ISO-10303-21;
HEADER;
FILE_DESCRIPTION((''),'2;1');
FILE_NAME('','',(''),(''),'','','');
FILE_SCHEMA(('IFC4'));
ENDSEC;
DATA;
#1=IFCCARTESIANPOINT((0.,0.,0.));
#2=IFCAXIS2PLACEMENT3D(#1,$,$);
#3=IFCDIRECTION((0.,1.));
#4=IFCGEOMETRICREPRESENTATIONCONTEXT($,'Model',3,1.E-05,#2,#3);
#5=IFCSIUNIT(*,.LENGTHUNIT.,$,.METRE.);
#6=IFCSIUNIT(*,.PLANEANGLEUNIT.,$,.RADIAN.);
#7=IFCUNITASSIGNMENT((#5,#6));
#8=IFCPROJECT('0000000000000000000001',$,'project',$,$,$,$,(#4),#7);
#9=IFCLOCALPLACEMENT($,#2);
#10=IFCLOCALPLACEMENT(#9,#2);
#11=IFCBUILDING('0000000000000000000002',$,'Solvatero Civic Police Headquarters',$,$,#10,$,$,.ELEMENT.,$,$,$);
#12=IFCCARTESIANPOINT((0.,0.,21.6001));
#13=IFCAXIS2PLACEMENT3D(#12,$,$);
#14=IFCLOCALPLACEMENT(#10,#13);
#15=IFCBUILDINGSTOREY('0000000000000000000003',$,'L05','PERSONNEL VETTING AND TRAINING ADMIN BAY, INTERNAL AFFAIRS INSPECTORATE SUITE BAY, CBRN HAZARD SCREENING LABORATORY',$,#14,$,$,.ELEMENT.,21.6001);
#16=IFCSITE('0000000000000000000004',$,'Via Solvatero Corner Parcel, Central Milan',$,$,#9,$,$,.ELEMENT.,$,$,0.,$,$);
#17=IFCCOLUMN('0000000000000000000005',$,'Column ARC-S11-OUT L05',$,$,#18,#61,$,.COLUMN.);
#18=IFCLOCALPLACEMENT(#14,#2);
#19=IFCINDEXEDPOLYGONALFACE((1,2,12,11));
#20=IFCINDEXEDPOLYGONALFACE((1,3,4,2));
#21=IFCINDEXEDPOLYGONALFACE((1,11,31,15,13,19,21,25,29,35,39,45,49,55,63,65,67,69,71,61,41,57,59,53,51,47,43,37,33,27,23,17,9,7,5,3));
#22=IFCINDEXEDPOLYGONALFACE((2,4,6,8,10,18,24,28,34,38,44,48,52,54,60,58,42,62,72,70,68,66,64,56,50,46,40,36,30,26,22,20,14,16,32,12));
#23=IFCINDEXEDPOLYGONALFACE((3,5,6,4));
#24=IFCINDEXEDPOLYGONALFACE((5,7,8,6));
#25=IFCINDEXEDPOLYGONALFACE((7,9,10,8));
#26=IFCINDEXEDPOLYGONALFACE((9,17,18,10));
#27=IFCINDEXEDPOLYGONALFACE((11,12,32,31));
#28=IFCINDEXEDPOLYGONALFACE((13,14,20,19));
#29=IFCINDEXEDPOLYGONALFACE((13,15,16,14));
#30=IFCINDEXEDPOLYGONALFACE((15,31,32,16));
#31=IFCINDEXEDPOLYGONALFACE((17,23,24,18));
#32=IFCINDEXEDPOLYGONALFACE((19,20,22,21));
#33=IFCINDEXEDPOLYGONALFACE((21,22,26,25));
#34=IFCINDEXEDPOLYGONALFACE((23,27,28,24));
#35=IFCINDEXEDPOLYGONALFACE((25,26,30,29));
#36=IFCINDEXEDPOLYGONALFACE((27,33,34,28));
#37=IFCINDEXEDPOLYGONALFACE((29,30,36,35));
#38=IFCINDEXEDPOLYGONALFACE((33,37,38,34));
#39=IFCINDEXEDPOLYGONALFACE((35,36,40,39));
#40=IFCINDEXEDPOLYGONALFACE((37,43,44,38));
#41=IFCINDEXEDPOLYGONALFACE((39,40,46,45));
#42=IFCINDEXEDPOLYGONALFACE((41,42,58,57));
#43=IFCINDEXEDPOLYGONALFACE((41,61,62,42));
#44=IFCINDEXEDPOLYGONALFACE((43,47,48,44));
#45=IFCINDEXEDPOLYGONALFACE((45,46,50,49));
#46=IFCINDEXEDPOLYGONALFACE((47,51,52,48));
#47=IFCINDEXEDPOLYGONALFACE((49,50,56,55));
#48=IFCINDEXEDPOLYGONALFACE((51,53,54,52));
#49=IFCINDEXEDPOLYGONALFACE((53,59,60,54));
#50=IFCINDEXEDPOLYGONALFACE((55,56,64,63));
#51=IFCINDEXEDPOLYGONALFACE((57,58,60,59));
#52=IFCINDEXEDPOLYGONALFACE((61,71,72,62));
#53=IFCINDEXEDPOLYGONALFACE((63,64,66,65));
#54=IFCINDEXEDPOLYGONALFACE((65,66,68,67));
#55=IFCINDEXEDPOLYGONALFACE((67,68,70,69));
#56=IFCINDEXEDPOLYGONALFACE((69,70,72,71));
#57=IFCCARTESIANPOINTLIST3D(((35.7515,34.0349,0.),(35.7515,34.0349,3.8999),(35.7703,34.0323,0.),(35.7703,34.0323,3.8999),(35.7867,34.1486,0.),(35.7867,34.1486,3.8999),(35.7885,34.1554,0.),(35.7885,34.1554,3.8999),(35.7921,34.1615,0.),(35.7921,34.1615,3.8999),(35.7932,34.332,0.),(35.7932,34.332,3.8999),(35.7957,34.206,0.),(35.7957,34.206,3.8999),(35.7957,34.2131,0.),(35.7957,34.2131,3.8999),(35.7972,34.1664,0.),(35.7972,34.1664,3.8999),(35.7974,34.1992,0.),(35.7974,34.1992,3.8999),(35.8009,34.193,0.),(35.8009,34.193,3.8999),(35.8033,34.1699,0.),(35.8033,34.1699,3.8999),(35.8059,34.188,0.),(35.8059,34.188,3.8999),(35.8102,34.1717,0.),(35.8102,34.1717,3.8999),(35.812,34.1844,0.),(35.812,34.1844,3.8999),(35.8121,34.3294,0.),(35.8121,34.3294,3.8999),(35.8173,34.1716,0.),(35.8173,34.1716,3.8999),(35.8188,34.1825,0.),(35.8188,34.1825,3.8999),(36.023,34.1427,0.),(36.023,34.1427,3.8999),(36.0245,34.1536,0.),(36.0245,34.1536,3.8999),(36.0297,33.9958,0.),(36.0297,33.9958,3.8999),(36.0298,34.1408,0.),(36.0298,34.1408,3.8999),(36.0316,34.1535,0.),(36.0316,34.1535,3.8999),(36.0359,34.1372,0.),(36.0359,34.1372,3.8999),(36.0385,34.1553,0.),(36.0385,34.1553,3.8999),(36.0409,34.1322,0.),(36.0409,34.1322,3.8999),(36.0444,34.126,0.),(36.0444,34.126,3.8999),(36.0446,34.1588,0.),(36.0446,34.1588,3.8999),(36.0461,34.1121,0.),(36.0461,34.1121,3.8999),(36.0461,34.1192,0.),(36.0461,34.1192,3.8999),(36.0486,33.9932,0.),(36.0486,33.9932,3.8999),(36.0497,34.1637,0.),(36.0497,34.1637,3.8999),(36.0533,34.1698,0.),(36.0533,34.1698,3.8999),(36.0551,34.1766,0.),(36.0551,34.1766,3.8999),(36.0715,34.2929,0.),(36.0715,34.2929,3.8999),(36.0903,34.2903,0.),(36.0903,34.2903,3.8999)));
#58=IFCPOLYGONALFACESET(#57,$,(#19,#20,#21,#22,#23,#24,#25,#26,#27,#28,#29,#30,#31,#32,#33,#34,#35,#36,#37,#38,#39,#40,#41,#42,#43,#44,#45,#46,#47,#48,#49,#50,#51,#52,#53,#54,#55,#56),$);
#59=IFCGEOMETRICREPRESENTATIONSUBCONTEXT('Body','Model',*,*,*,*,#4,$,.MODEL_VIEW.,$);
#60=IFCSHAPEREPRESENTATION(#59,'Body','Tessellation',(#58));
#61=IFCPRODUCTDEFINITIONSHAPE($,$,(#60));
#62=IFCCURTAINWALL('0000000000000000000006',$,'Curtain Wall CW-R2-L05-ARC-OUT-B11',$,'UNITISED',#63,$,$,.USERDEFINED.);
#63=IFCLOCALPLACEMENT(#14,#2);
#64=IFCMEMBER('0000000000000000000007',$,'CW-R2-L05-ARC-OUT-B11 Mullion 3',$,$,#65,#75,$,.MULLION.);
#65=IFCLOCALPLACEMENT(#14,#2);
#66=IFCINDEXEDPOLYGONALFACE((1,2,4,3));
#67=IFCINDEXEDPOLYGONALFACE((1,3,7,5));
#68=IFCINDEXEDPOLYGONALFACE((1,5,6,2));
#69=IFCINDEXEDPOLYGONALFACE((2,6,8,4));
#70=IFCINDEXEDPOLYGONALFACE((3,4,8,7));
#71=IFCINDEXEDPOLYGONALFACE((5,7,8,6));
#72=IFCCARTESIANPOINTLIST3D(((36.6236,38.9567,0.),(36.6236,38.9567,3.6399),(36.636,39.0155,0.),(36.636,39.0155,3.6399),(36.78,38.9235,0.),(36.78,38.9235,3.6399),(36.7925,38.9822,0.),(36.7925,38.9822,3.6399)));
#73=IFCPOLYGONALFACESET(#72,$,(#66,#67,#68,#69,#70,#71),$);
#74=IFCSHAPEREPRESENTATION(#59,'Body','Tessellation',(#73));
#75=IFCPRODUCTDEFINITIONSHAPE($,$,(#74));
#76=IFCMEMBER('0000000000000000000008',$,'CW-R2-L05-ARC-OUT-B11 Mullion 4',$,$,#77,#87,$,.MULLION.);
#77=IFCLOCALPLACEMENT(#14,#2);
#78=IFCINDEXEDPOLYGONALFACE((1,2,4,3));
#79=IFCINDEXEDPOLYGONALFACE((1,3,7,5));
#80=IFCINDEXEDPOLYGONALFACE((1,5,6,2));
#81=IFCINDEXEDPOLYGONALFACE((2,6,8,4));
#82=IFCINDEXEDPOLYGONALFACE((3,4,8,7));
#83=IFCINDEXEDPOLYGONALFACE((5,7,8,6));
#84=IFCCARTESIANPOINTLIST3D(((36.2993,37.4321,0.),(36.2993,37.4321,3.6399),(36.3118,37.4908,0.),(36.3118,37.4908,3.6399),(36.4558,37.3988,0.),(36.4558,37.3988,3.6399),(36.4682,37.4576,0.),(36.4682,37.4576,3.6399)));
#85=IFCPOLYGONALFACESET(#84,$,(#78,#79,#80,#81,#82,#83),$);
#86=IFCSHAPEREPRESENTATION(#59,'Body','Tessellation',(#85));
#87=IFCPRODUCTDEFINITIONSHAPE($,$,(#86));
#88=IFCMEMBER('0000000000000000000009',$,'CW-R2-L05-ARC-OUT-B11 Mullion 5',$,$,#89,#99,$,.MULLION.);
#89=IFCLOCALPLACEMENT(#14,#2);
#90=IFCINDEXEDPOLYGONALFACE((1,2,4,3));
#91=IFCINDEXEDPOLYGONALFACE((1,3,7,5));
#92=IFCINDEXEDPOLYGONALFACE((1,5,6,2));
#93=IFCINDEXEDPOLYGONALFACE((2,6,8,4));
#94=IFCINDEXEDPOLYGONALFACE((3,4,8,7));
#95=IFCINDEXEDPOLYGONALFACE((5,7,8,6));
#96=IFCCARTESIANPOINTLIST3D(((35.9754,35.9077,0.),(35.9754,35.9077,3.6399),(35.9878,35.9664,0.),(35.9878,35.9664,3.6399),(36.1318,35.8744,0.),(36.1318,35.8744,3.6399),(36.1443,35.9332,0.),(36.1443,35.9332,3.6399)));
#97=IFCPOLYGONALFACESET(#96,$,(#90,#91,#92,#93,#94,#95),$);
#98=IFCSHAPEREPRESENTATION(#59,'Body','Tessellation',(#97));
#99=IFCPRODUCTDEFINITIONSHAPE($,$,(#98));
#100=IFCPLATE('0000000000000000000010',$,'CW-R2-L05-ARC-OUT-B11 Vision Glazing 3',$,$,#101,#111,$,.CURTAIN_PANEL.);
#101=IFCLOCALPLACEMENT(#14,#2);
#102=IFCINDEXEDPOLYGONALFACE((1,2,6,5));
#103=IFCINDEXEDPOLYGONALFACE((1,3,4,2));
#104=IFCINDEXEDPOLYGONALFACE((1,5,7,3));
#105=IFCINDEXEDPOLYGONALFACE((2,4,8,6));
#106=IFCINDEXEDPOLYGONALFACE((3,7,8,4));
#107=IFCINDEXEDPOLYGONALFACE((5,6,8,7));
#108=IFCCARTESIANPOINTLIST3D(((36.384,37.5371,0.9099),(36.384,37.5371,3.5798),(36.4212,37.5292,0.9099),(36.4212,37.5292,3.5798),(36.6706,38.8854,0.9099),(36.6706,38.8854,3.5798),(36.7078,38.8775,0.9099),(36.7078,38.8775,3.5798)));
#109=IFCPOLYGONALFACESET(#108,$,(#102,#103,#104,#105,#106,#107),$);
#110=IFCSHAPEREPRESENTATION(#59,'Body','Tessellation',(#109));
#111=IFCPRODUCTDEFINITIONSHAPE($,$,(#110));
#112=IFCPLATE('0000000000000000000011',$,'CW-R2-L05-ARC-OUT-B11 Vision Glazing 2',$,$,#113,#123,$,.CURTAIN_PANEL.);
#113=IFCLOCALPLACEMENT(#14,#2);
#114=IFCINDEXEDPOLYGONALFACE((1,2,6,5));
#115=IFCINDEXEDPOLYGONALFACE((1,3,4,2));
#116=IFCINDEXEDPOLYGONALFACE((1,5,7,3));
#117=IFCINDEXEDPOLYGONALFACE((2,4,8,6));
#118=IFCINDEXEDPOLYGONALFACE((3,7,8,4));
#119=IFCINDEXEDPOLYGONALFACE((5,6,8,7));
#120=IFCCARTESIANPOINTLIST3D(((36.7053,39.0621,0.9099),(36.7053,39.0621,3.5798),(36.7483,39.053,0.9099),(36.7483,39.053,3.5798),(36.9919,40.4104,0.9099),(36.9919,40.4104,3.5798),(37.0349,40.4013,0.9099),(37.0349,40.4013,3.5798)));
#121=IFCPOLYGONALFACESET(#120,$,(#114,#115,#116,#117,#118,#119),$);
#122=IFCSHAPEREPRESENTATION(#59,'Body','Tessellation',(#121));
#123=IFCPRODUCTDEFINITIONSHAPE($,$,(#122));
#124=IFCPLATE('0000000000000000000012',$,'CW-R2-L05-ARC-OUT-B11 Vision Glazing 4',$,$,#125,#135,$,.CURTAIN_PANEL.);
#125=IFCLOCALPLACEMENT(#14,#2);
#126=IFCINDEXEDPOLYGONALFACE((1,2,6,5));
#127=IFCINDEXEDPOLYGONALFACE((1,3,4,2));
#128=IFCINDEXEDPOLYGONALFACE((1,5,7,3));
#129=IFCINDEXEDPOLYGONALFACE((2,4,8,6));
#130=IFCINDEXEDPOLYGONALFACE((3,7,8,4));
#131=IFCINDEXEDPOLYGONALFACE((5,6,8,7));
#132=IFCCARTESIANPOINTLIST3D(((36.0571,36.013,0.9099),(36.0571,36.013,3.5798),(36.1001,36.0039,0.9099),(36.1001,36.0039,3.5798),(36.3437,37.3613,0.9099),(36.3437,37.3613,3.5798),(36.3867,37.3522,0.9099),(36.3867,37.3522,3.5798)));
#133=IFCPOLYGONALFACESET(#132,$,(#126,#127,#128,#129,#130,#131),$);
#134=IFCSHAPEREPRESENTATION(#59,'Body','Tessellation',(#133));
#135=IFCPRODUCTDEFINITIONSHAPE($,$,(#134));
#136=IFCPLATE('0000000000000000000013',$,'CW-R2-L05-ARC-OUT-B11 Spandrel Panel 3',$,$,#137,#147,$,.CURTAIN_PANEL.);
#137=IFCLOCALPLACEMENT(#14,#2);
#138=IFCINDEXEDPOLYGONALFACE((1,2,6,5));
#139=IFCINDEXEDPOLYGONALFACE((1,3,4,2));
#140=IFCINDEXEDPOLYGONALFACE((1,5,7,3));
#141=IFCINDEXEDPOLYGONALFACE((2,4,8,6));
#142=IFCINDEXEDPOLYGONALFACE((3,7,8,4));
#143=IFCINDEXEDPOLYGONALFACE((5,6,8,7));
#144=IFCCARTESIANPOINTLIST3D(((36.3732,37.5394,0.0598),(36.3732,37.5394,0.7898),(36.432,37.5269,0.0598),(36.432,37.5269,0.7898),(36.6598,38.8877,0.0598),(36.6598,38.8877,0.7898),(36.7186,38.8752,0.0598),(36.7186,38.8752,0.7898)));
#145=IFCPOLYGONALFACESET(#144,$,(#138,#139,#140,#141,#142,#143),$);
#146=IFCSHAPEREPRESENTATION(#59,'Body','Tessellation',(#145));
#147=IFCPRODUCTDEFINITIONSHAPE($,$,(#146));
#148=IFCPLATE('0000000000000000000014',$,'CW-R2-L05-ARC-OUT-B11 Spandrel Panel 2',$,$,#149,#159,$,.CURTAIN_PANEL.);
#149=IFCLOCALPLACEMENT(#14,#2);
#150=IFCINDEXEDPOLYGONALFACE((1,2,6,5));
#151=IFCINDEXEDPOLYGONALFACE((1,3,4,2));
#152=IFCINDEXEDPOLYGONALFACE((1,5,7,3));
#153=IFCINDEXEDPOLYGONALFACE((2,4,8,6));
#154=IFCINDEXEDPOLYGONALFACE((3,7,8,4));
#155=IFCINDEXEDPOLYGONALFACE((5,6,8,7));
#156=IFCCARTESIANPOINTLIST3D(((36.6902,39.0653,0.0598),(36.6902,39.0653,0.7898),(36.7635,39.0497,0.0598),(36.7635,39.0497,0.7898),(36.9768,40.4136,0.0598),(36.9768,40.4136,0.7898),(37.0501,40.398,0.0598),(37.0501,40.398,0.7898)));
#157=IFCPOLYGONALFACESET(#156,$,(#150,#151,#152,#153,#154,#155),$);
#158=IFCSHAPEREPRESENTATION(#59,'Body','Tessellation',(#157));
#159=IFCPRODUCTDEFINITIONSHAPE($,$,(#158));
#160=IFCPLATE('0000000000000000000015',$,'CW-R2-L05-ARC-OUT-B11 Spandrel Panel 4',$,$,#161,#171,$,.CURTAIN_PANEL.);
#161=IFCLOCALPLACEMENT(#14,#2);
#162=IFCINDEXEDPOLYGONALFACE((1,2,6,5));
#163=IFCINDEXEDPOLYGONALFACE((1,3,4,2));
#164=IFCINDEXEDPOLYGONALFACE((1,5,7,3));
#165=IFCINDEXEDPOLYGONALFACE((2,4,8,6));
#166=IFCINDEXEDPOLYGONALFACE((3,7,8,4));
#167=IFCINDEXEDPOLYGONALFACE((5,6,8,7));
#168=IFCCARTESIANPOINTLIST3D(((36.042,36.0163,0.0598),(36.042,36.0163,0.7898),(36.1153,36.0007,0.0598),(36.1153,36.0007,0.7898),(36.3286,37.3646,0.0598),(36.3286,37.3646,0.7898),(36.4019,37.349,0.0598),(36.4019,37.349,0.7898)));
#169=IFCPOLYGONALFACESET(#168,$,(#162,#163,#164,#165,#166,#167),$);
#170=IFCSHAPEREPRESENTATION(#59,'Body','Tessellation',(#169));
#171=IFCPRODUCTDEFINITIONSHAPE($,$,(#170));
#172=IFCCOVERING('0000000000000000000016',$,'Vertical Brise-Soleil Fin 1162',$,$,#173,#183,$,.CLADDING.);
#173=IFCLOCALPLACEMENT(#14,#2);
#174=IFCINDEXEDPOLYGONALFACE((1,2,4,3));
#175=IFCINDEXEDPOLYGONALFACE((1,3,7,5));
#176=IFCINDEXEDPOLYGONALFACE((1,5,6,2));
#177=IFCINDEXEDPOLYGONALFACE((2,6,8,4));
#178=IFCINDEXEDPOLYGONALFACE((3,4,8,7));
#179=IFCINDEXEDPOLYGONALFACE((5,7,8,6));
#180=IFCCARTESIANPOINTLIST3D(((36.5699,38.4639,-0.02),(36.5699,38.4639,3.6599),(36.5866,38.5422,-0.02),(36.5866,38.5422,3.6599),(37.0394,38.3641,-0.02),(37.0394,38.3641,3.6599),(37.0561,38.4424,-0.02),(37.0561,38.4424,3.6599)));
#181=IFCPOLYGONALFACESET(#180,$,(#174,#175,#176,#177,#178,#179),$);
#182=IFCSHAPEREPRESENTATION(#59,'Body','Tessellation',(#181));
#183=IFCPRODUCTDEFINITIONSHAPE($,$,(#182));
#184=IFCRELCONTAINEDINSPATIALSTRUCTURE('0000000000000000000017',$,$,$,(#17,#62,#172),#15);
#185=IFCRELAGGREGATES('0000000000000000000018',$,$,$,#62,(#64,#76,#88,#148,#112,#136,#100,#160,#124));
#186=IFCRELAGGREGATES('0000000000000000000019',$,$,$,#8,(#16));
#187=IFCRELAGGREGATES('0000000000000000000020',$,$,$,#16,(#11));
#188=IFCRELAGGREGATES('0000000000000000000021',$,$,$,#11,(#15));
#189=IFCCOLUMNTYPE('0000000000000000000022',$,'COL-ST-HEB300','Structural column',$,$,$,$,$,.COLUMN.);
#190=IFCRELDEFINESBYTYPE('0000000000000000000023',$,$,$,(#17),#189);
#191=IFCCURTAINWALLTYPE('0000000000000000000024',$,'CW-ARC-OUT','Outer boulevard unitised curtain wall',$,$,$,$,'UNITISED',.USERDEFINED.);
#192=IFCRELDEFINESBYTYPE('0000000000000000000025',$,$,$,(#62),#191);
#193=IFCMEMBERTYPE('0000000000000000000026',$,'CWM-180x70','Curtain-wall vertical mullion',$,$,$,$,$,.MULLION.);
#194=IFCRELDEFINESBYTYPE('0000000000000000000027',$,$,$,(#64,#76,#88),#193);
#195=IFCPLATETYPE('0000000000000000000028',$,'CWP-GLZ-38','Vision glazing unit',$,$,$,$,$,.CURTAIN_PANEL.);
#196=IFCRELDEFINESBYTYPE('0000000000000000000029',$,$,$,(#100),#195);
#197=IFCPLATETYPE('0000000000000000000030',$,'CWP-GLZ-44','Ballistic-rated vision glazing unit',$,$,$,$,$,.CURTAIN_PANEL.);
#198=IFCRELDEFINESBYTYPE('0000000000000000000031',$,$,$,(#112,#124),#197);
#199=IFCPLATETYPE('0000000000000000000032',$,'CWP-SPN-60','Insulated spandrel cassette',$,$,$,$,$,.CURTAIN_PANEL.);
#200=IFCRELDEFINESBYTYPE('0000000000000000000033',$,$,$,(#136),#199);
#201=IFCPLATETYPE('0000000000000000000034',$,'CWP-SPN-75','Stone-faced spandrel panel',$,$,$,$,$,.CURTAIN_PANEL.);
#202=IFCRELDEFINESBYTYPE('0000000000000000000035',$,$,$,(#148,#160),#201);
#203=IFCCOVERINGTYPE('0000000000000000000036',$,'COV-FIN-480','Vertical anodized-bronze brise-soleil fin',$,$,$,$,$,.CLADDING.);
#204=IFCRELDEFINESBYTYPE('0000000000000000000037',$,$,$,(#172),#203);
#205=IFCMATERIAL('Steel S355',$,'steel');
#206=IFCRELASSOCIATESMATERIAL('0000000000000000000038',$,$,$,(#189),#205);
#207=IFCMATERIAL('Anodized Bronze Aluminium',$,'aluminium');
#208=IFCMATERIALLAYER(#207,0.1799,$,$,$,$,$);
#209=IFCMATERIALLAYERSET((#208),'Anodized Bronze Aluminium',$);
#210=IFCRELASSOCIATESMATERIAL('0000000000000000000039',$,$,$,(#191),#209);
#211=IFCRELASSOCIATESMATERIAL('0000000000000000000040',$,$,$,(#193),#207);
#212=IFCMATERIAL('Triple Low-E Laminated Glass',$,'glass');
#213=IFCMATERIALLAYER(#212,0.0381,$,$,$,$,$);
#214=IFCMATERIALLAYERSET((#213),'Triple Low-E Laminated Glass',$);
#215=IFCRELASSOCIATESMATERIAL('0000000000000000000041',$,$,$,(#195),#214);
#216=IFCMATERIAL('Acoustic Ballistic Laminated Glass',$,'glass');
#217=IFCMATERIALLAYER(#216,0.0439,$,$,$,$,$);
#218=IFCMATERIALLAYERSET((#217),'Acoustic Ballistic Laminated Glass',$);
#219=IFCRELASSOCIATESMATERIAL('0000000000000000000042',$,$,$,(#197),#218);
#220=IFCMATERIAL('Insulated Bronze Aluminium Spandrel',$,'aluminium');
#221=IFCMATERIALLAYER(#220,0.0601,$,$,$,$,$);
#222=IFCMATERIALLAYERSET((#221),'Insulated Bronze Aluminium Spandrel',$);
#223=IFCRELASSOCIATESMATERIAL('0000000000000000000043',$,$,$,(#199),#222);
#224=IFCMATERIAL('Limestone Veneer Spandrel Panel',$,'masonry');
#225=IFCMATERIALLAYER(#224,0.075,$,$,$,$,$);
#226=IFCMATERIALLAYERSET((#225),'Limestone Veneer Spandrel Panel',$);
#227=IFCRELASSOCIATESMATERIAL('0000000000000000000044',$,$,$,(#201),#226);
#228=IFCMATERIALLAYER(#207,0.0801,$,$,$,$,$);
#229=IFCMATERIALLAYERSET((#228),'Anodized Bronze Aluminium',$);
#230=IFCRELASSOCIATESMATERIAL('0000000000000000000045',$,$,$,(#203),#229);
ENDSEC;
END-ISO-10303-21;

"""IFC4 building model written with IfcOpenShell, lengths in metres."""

from ifc_helpers import new_model, si_unit, direction, frame, origin, origin_2d, place, context, subcontext, project, spatial, rectangle, i_section, extrude, material, layer, layer_set, material_profile, profile_set, type_object, element, aggregate, save


model = new_model("IFC4")

# Units and contexts
model_context = context("Model", 3, precision=1e-05, world=origin(), true_north=direction((0.0, 1.0)))
body_context = subcontext(model_context, "Body", "Model", "MODEL_VIEW")
ifc_project = project(units=[si_unit("LENGTHUNIT", "METRE"), si_unit("PLANEANGLEUNIT", "RADIAN")], contexts=[model_context])

# Site, building, storey
site_placement = place(None, origin())
site = spatial("IfcSite", under=ifc_project, at=site_placement, Name="Via Solvatero Corner Parcel, Central Milan", CompositionType="ELEMENT", RefElevation=0.0)
building_placement = place(site_placement, origin())
building = spatial("IfcBuilding", under=site, at=building_placement, Name="Solvatero Civic Police Headquarters", CompositionType="ELEMENT")
storey_placement = place(building_placement, frame((0.0, 0.0, 21.6001)))
storey = spatial("IfcBuildingStorey", under=building, at=storey_placement, Name="L05", Description="PERSONNEL VETTING AND TRAINING ADMIN BAY, INTERNAL AFFAIRS INSPECTORATE SUITE BAY, CBRN HAZARD SCREENING LABORATORY", CompositionType="ELEMENT", Elevation=21.6001)

# Column
ifc_material_1 = material(Name="Steel S355", Category="steel")
ifc_material_profile_1 = material_profile(ifc_material_1, i_section(OverallWidth=0.3, OverallDepth=0.3, WebThickness=0.011, FlangeThickness=0.019, FilletRadius=0.0271, at=origin_2d()), Name="HEB 300")
ifc_profile_set_1 = profile_set([ifc_material_profile_1], Name="Steel S355")
column_type = type_object("IfcColumnType", Name="COL-ST-HEB300", Description="Structural column", PredefinedType="COLUMN", material=ifc_profile_set_1)
column_placement = place(storey_placement, frame((35.9209, 34.1626, 0.0), z_axis=(0.0, 0.0, 1.0), x_axis=(0.139173, 0.990268, 0.0)))
element("IfcColumn", 1, at=column_placement, inside=storey, type_object=column_type, Name="Column ARC-S11-OUT L05", PredefinedType="COLUMN", context=body_context, shape_type="SweptSolid", body=[
    extrude(i_section(OverallWidth=0.3, OverallDepth=0.3, WebThickness=0.011, FlangeThickness=0.019, FilletRadius=0.0271, at=origin_2d()), origin(), (0.0, 0.0, 1.0), 3.8999),
])

# Curtain wall, members, plates
ifc_material_2 = material(Name="Anodized Bronze Aluminium", Category="aluminium")
ifc_layer_1 = layer(ifc_material_2, 0.1799)
ifc_layer_set_1 = layer_set([ifc_layer_1], Name="Anodized Bronze Aluminium")
curtain_wall_type = type_object("IfcCurtainWallType", Name="CW-ARC-OUT", Description="Outer boulevard unitised curtain wall", ElementType="UNITISED", PredefinedType="USERDEFINED", material=ifc_layer_set_1)
curtain_wall_placement = place(storey_placement, origin())
curtain_wall = element("IfcCurtainWall", 2, at=curtain_wall_placement, inside=storey, type_object=curtain_wall_type, Name="Curtain Wall CW-R2-L05-ARC-OUT-B11", ObjectType="UNITISED", PredefinedType="USERDEFINED")
ifc_material_profile_2 = material_profile(ifc_material_2, rectangle(XDim=0.0601, YDim=0.1599, at=origin_2d()), Name="ALU MULLION 60x160")
ifc_profile_set_2 = profile_set([ifc_material_profile_2], Name="Anodized Bronze Aluminium")
member_type = type_object("IfcMemberType", Name="CWM-180x70", Description="Curtain-wall vertical mullion", PredefinedType="MULLION", material=ifc_profile_set_2)
member_1_placement = place(storey_placement, frame((36.708, 38.9695, 0.0), z_axis=(0.0, 0.0, 1.0), x_axis=(-0.207912, -0.978148, 0.0)))
member_1 = element("IfcMember", 3, at=member_1_placement, type_object=member_type, Name="CW-R2-L05-ARC-OUT-B11 Mullion 3", PredefinedType="MULLION", context=body_context, shape_type="SweptSolid", body=[
    extrude(rectangle(XDim=0.0601, YDim=0.1599, at=origin_2d()), origin(), (0.0, 0.0, 1.0), 3.6399),
])
member_2_placement = place(storey_placement, frame((36.3838, 37.4448, 0.0), z_axis=(0.0, 0.0, 1.0), x_axis=(-0.207912, -0.978148, 0.0)))
member_2 = element("IfcMember", 4, at=member_2_placement, type_object=member_type, Name="CW-R2-L05-ARC-OUT-B11 Mullion 4", PredefinedType="MULLION", context=body_context, shape_type="SweptSolid", body=[
    extrude(rectangle(XDim=0.0601, YDim=0.1599, at=origin_2d()), origin(), (0.0, 0.0, 1.0), 3.6399),
])
member_3_placement = place(storey_placement, frame((36.0598, 35.9204, 0.0), z_axis=(0.0, 0.0, 1.0), x_axis=(-0.207912, -0.978148, 0.0)))
member_3 = element("IfcMember", 5, at=member_3_placement, type_object=member_type, Name="CW-R2-L05-ARC-OUT-B11 Mullion 5", PredefinedType="MULLION", context=body_context, shape_type="SweptSolid", body=[
    extrude(rectangle(XDim=0.0601, YDim=0.1599, at=origin_2d()), origin(), (0.0, 0.0, 1.0), 3.6399),
])
ifc_material_3 = material(Name="Triple Low-E Laminated Glass", Category="glass")
ifc_layer_2 = layer(ifc_material_3, 0.0381)
ifc_layer_set_2 = layer_set([ifc_layer_2], Name="Triple Low-E Laminated Glass")
plate_type_1 = type_object("IfcPlateType", Name="CWP-GLZ-38", Description="Vision glazing unit", PredefinedType="CURTAIN_PANEL", material=ifc_layer_set_2)
plate_1_placement = place(storey_placement, frame((36.5459, 38.2073, 0.9099), z_axis=(0.0, 0.0, 1.0), x_axis=(-0.207912, -0.978148, 0.0)))
plate_1 = element("IfcPlate", 6, at=plate_1_placement, type_object=plate_type_1, Name="CW-R2-L05-ARC-OUT-B11 Vision Glazing 3", PredefinedType="CURTAIN_PANEL", context=body_context, shape_type="SweptSolid", body=[
    extrude(rectangle(XDim=1.3784, YDim=0.0381, at=origin_2d()), origin(), (0.0, 0.0, 1.0), 2.6699),
])
ifc_material_4 = material(Name="Acoustic Ballistic Laminated Glass", Category="glass")
ifc_layer_3 = layer(ifc_material_4, 0.0439)
ifc_layer_set_3 = layer_set([ifc_layer_3], Name="Acoustic Ballistic Laminated Glass")
plate_type_2 = type_object("IfcPlateType", Name="CWP-GLZ-44", Description="Ballistic-rated vision glazing unit", PredefinedType="CURTAIN_PANEL", material=ifc_layer_set_3)
plate_2_placement = place(storey_placement, frame((36.8701, 39.7317, 0.9099), z_axis=(0.0, 0.0, 1.0), x_axis=(-0.207912, -0.978148, 0.0)))
plate_2 = element("IfcPlate", 7, at=plate_2_placement, type_object=plate_type_2, Name="CW-R2-L05-ARC-OUT-B11 Vision Glazing 2", PredefinedType="CURTAIN_PANEL", context=body_context, shape_type="SweptSolid", body=[
    extrude(rectangle(XDim=1.3784, YDim=0.0439, at=origin_2d()), origin(), (0.0, 0.0, 1.0), 2.6699),
])
plate_3_placement = place(storey_placement, frame((36.2219, 36.6826, 0.9099), z_axis=(0.0, 0.0, 1.0), x_axis=(-0.207912, -0.978148, 0.0)))
plate_3 = element("IfcPlate", 8, at=plate_3_placement, type_object=plate_type_2, Name="CW-R2-L05-ARC-OUT-B11 Vision Glazing 4", PredefinedType="CURTAIN_PANEL", context=body_context, shape_type="SweptSolid", body=[
    extrude(rectangle(XDim=1.3784, YDim=0.0439, at=origin_2d()), origin(), (0.0, 0.0, 1.0), 2.6699),
])
ifc_material_5 = material(Name="Insulated Bronze Aluminium Spandrel", Category="aluminium")
ifc_layer_4 = layer(ifc_material_5, 0.0601)
ifc_layer_set_4 = layer_set([ifc_layer_4], Name="Insulated Bronze Aluminium Spandrel")
plate_type_3 = type_object("IfcPlateType", Name="CWP-SPN-60", Description="Insulated spandrel cassette", PredefinedType="CURTAIN_PANEL", material=ifc_layer_set_4)
plate_4_placement = place(storey_placement, frame((36.5459, 38.2073, 0.0598), z_axis=(0.0, 0.0, 1.0), x_axis=(-0.207912, -0.978148, 0.0)))
plate_4 = element("IfcPlate", 9, at=plate_4_placement, type_object=plate_type_3, Name="CW-R2-L05-ARC-OUT-B11 Spandrel Panel 3", PredefinedType="CURTAIN_PANEL", context=body_context, shape_type="SweptSolid", body=[
    extrude(rectangle(XDim=1.3784, YDim=0.0601, at=origin_2d()), origin(), (0.0, 0.0, 1.0), 0.73),
])
ifc_material_6 = material(Name="Limestone Veneer Spandrel Panel", Category="masonry")
ifc_layer_5 = layer(ifc_material_6, 0.075)
ifc_layer_set_5 = layer_set([ifc_layer_5], Name="Limestone Veneer Spandrel Panel")
plate_type_4 = type_object("IfcPlateType", Name="CWP-SPN-75", Description="Stone-faced spandrel panel", PredefinedType="CURTAIN_PANEL", material=ifc_layer_set_5)
plate_5_placement = place(storey_placement, frame((36.8701, 39.7317, 0.0598), z_axis=(0.0, 0.0, 1.0), x_axis=(-0.207912, -0.978148, 0.0)))
plate_5 = element("IfcPlate", 10, at=plate_5_placement, type_object=plate_type_4, Name="CW-R2-L05-ARC-OUT-B11 Spandrel Panel 2", PredefinedType="CURTAIN_PANEL", context=body_context, shape_type="SweptSolid", body=[
    extrude(rectangle(XDim=1.3784, YDim=0.075, at=origin_2d()), origin(), (0.0, 0.0, 1.0), 0.73),
])
plate_6_placement = place(storey_placement, frame((36.2219, 36.6826, 0.0598), z_axis=(0.0, 0.0, 1.0), x_axis=(-0.207912, -0.978148, 0.0)))
plate_6 = element("IfcPlate", 11, at=plate_6_placement, type_object=plate_type_4, Name="CW-R2-L05-ARC-OUT-B11 Spandrel Panel 4", PredefinedType="CURTAIN_PANEL", context=body_context, shape_type="SweptSolid", body=[
    extrude(rectangle(XDim=1.3784, YDim=0.075, at=origin_2d()), origin(), (0.0, 0.0, 1.0), 0.73),
])
aggregate(curtain_wall, [member_1, member_2, member_3, plate_5, plate_2, plate_4, plate_1, plate_6, plate_3])

# Covering
ifc_layer_6 = layer(ifc_material_2, 0.0801)
ifc_layer_set_6 = layer_set([ifc_layer_6], Name="Anodized Bronze Aluminium")
covering_type = type_object("IfcCoveringType", Name="COV-FIN-480", Description="Vertical anodized-bronze brise-soleil fin", PredefinedType="CLADDING", material=ifc_layer_set_6)
for number, where, z_axis, x_axis, name in (
    (12, (36.813, 38.4531, -0.02), (0.0, 0.0, 1.0), (-0.207912, -0.978148, 0.0), "Vertical Brise-Soleil Fin 1162"),
):
    element("IfcCovering", number, at=place(storey_placement, frame(where, z_axis=z_axis, x_axis=x_axis)), inside=storey, type_object=covering_type, Name=name, PredefinedType="CLADDING", context=body_context, shape_type="SweptSolid", body=[
        extrude(rectangle(XDim=0.0801, YDim=0.48, at=origin_2d()), origin(), (0.0, 0.0, 1.0), 3.6799),
    ])

save(model, "model.ifc")
